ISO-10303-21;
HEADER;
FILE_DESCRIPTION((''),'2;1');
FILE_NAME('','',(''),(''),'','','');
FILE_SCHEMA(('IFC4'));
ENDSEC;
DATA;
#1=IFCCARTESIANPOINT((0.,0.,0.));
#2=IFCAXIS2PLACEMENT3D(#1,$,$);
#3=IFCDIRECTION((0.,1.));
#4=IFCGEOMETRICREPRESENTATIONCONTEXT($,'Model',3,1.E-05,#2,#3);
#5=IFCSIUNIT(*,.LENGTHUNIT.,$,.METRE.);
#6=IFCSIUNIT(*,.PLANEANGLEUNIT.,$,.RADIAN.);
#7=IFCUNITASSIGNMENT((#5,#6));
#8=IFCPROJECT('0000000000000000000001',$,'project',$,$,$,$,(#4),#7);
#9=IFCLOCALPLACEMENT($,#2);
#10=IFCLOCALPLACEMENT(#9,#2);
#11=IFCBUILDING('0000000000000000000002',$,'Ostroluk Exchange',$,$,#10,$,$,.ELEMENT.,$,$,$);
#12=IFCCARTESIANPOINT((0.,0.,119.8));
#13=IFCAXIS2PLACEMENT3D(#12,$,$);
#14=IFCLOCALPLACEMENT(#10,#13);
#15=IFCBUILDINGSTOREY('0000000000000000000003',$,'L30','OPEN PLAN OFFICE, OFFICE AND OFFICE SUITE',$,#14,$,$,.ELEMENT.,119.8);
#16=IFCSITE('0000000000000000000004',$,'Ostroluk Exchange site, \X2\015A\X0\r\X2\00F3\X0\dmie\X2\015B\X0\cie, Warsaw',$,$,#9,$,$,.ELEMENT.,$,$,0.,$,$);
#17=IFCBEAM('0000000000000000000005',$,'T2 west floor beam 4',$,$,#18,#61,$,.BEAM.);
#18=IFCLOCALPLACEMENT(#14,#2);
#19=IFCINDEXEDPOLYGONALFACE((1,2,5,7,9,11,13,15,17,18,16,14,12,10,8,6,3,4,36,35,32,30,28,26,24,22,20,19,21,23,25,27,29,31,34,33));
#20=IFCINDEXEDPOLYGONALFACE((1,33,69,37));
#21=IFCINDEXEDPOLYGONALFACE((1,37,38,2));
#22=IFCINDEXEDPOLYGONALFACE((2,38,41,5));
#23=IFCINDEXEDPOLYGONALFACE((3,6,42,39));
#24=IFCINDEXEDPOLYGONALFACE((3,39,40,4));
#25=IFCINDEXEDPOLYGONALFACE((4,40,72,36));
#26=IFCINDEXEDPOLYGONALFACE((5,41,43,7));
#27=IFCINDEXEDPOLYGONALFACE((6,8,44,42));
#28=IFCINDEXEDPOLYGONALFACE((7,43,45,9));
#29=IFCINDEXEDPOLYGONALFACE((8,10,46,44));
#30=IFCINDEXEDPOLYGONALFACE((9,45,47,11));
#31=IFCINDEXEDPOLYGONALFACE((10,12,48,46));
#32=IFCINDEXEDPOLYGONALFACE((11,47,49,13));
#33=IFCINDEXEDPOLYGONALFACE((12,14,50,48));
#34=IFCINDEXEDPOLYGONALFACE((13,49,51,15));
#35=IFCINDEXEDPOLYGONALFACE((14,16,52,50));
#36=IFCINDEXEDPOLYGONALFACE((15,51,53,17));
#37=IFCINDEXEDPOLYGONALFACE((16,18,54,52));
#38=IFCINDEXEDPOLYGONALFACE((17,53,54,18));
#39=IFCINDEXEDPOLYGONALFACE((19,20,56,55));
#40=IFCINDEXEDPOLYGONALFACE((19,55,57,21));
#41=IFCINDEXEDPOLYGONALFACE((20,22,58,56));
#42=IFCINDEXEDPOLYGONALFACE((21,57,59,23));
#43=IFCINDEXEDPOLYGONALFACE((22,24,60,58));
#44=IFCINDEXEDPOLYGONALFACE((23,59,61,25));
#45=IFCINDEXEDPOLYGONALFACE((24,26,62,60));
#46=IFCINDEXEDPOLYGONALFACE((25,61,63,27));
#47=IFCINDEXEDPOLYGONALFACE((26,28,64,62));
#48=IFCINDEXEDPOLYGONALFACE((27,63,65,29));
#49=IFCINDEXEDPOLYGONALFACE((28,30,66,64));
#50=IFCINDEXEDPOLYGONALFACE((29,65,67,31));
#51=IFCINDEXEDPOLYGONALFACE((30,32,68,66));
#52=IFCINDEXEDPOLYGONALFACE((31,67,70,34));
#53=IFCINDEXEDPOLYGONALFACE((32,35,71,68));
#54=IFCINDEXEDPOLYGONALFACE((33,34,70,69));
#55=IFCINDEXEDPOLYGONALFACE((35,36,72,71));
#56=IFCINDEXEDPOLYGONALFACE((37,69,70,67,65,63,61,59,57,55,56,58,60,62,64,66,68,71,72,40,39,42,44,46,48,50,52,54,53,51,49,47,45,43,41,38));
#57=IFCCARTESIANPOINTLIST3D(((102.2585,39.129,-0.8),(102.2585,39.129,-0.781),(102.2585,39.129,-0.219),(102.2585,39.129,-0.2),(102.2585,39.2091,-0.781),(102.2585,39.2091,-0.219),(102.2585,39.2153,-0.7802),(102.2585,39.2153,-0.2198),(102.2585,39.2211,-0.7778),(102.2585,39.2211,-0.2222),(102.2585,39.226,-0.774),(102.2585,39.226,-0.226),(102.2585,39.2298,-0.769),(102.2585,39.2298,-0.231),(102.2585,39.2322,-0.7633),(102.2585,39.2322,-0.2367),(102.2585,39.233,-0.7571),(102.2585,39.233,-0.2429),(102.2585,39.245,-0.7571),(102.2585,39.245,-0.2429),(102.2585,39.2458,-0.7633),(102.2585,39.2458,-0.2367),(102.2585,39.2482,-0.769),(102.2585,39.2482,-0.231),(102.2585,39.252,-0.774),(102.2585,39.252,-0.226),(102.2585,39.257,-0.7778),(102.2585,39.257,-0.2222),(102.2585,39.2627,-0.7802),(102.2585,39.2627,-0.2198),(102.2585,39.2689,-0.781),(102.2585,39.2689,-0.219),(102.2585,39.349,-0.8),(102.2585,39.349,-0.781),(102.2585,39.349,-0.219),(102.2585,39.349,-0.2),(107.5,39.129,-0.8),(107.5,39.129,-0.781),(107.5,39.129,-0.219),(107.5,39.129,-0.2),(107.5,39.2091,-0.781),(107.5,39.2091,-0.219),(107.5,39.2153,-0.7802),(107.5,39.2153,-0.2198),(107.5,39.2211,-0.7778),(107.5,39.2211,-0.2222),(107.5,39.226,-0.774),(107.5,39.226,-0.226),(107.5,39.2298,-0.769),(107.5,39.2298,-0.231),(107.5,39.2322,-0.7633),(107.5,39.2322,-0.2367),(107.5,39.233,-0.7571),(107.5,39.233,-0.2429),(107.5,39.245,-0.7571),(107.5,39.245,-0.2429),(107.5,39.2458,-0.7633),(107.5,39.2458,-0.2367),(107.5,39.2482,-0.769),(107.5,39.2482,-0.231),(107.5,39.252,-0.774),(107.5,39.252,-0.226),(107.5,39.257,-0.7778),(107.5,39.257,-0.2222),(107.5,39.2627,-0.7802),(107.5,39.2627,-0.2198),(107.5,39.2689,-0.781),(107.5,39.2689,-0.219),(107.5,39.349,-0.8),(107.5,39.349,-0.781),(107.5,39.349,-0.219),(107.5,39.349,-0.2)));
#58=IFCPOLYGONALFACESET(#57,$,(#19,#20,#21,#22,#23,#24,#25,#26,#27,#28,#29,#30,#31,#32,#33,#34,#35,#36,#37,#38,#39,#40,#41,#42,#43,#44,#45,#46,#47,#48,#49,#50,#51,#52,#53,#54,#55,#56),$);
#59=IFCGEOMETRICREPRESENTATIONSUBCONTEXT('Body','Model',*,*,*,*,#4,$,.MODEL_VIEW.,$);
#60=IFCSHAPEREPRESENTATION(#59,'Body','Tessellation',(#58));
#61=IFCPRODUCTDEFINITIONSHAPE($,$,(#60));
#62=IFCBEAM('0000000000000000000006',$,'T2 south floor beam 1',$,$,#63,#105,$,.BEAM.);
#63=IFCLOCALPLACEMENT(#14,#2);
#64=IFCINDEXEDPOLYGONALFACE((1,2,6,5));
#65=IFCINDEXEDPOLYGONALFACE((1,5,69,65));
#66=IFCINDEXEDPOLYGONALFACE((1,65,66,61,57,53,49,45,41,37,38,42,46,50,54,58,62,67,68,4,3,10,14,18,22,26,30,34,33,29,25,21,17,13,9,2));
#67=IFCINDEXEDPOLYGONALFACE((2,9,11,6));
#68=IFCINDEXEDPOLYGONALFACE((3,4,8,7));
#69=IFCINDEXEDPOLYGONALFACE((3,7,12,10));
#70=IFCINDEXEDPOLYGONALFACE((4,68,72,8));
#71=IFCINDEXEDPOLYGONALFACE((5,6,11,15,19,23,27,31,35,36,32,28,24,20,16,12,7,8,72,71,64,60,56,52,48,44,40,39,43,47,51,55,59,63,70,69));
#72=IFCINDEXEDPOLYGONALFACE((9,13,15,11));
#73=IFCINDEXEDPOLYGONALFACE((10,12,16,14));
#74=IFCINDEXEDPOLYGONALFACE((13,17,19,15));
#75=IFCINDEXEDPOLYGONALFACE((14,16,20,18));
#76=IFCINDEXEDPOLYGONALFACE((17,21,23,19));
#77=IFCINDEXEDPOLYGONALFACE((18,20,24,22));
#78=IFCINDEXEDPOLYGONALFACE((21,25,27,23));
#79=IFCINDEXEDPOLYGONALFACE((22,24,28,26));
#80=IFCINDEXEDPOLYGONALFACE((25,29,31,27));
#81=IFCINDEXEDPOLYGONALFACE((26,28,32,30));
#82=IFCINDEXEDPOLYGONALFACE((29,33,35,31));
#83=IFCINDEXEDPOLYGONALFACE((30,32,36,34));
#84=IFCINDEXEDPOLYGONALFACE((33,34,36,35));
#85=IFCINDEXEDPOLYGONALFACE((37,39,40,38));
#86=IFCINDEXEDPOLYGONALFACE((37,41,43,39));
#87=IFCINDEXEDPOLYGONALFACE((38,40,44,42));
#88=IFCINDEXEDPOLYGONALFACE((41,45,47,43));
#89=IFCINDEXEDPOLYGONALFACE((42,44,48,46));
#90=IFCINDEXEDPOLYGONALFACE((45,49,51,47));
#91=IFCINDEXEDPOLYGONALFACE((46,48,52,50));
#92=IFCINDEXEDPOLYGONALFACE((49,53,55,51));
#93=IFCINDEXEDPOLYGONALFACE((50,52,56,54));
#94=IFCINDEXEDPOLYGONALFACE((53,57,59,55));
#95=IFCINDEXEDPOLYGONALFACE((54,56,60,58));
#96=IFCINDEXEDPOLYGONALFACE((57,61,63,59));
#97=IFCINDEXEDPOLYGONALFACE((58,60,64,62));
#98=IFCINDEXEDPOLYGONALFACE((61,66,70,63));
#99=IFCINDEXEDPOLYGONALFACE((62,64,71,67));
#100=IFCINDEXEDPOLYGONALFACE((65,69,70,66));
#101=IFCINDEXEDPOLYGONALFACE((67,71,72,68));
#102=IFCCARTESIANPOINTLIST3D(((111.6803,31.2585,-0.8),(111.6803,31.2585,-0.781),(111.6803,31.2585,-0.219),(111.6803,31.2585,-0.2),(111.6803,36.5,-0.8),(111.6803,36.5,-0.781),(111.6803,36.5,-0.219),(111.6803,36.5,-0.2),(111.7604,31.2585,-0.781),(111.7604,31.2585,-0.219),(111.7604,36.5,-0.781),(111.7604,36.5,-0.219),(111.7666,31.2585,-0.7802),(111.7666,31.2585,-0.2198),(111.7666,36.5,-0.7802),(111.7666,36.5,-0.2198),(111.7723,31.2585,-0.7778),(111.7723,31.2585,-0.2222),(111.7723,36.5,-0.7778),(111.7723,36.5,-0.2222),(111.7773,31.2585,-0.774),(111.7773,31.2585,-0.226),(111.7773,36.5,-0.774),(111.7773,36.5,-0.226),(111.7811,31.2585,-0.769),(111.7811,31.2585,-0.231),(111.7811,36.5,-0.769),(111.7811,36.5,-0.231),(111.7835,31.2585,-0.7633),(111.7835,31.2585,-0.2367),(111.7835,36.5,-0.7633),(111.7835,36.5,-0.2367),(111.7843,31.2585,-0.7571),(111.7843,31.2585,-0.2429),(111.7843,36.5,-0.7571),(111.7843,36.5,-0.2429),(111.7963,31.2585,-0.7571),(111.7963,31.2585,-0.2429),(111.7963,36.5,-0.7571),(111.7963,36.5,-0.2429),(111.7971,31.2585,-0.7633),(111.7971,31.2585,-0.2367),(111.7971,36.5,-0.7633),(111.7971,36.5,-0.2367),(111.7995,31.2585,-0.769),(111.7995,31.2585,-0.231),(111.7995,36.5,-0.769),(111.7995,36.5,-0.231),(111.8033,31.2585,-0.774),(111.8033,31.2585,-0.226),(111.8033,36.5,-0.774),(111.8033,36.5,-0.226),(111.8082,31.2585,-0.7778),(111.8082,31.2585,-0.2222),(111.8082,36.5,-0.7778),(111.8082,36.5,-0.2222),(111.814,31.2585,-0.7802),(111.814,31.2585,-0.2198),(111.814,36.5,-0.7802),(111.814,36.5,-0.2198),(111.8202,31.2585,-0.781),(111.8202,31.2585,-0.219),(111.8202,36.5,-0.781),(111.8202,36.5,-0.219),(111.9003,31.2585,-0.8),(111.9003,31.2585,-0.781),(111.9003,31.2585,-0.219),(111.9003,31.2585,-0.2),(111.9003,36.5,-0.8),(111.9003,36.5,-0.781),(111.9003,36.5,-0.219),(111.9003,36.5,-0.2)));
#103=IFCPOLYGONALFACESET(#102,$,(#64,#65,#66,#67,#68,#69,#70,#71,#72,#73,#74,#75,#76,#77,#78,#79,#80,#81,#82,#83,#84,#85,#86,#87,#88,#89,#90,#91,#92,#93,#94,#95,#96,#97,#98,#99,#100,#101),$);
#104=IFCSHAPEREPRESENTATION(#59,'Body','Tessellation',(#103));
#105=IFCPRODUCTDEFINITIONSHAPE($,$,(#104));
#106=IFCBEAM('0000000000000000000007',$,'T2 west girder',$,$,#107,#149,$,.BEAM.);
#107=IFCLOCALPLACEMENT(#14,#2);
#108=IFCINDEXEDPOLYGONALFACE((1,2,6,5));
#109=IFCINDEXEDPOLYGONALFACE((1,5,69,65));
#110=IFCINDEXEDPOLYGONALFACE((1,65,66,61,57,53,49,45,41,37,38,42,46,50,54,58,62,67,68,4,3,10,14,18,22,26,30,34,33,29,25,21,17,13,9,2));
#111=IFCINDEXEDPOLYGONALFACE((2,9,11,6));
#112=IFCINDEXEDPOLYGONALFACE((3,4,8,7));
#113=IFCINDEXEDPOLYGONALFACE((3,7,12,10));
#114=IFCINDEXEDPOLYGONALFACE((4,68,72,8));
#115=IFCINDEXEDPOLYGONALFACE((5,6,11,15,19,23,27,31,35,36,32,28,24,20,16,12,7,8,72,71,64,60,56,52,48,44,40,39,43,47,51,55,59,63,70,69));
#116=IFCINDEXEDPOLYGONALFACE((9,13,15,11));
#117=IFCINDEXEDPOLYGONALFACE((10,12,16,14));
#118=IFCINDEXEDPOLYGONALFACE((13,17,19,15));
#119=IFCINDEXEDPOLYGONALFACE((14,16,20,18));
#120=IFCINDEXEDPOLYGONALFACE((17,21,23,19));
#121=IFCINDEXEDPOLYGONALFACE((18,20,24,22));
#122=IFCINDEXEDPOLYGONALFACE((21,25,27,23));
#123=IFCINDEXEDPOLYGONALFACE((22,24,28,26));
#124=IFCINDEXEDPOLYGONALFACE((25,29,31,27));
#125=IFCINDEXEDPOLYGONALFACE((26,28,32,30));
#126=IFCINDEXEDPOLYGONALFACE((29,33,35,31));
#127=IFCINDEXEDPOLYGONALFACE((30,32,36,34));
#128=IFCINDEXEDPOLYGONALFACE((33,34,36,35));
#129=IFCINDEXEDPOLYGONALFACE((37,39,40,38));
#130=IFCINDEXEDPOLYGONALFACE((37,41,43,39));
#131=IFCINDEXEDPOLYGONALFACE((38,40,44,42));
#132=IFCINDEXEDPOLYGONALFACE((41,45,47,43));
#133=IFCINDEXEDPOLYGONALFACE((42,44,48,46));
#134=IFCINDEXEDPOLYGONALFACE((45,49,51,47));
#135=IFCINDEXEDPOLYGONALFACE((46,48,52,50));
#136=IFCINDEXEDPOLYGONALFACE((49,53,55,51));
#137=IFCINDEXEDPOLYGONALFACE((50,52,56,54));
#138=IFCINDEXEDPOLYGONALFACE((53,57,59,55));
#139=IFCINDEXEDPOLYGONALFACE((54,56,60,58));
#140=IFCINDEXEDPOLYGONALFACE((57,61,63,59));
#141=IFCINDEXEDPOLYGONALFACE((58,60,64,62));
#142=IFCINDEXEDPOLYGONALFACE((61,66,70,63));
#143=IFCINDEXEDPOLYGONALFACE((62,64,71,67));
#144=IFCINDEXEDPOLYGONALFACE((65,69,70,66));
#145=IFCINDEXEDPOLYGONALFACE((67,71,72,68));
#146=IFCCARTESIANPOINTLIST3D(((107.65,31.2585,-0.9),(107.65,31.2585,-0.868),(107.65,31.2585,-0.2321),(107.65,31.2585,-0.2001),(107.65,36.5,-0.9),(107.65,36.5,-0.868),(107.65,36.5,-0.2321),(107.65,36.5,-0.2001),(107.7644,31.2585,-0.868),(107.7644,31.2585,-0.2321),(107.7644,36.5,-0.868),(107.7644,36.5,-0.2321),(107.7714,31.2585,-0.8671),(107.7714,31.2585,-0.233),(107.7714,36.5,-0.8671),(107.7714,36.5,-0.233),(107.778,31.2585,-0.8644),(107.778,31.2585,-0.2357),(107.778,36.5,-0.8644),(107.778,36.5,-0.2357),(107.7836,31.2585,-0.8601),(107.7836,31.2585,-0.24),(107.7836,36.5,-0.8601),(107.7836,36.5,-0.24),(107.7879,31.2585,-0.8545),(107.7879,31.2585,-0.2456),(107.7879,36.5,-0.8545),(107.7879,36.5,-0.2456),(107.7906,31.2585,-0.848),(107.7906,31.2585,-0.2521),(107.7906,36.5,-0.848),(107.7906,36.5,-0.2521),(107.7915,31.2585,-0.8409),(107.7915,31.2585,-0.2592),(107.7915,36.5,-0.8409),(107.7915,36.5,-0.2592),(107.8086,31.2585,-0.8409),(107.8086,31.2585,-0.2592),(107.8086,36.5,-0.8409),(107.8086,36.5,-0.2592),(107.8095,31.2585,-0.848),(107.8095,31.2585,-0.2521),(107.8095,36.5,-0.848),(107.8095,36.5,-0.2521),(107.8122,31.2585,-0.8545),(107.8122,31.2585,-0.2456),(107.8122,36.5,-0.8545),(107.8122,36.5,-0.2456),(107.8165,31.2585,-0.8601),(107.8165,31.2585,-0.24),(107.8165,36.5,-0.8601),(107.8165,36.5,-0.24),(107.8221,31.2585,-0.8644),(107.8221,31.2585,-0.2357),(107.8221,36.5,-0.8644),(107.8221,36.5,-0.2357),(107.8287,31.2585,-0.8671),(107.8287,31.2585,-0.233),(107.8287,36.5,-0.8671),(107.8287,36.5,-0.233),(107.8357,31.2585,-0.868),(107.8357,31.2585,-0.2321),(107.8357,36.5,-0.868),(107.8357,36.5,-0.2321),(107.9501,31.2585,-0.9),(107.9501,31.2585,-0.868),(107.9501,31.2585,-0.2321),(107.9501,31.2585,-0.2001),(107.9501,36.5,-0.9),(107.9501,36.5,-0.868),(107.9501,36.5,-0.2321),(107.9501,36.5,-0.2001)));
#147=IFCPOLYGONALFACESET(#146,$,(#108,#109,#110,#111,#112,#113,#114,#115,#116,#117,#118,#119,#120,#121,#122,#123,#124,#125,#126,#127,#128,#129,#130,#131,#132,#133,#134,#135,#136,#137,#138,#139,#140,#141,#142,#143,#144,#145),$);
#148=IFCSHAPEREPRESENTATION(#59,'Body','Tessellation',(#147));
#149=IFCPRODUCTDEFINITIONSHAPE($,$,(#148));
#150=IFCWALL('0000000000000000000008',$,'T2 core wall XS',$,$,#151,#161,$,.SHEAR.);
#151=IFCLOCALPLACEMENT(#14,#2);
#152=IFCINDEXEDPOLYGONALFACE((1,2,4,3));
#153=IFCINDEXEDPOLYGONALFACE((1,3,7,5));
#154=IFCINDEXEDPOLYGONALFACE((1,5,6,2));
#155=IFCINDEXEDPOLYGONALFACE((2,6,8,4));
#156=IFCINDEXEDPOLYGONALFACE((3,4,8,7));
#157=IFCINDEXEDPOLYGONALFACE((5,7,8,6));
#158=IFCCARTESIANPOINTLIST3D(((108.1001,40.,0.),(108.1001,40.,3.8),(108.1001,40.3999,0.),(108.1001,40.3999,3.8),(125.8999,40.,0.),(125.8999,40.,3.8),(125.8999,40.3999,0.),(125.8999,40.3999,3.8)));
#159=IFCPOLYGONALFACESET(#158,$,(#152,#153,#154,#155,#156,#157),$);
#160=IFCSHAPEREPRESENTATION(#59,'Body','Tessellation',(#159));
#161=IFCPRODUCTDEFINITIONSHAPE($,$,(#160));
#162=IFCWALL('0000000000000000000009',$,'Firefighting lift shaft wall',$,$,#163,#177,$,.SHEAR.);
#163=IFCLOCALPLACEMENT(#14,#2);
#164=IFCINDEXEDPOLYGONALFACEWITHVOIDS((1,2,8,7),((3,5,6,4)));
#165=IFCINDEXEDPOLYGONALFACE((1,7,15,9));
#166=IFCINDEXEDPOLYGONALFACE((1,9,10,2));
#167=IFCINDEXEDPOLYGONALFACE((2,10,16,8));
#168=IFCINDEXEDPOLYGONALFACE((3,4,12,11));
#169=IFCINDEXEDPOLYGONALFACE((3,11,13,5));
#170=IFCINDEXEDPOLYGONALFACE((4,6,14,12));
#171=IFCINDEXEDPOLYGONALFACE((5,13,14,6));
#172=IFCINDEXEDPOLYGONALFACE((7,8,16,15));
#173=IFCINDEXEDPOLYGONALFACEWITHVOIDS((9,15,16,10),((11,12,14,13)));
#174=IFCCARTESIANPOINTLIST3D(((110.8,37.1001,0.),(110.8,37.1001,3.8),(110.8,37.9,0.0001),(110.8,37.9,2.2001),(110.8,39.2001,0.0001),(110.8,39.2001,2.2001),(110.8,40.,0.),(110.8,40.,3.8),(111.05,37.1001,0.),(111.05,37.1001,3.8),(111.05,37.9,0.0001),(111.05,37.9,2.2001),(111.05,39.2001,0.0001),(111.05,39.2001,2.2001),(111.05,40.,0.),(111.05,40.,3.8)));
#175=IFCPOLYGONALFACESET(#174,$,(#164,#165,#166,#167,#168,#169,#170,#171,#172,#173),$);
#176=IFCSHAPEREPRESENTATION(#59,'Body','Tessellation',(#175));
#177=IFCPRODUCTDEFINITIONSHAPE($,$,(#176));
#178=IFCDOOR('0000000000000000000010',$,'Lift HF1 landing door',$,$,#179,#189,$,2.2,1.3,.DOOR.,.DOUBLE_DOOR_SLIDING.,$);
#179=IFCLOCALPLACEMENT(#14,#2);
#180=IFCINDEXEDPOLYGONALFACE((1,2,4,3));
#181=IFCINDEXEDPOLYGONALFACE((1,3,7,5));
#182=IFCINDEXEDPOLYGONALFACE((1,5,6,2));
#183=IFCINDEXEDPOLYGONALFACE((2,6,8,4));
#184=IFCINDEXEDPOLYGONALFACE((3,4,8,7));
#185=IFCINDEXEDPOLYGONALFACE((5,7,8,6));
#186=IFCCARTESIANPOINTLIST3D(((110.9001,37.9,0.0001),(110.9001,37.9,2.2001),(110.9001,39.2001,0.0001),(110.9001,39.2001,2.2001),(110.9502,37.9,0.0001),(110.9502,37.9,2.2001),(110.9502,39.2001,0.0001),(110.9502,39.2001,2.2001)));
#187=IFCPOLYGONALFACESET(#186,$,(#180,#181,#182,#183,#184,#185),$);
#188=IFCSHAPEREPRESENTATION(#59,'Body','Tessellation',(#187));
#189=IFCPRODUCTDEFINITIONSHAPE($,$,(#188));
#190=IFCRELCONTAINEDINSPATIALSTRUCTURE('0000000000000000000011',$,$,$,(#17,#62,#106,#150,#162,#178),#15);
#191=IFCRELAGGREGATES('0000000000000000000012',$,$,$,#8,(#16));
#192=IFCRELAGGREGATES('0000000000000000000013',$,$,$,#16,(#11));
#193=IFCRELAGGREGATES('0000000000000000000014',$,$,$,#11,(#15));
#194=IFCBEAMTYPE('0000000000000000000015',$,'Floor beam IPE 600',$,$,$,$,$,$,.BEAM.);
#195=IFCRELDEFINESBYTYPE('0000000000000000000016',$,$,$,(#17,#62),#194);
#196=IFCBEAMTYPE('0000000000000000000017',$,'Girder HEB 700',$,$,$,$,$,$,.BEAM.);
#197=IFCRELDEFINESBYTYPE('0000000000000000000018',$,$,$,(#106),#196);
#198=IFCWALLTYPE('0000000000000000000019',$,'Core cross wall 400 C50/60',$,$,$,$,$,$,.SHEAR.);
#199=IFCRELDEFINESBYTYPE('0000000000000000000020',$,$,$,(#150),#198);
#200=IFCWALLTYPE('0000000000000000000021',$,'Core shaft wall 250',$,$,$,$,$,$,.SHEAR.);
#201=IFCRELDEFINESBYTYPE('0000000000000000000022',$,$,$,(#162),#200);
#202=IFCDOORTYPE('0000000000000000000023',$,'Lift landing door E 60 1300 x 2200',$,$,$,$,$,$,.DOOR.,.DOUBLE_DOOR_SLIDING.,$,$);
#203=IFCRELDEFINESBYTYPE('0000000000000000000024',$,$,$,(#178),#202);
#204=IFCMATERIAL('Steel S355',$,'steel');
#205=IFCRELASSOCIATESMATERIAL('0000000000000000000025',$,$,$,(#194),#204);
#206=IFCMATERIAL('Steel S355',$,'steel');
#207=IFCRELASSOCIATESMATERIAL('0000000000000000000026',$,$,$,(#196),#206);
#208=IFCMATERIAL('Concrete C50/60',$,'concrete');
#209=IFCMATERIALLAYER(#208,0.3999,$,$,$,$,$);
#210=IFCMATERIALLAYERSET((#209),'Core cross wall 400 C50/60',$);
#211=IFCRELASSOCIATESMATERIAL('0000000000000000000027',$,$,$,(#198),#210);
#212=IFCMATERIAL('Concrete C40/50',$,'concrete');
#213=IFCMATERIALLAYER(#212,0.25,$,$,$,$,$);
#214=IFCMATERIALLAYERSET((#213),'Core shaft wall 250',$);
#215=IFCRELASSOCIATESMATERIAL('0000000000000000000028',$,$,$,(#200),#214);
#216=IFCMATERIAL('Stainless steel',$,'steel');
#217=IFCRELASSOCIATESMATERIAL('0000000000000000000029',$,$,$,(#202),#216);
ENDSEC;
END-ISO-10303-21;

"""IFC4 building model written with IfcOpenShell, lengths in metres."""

from ifc_helpers import new_model, si_unit, direction, frame, frame_2d, origin, origin_2d, place, context, subcontext, project, spatial, rectangle, i_section, extrude, material, layer, layer_set, material_profile, profile_set, type_object, element, fill, save


model = new_model("IFC4")

# Units and contexts
model_context = context("Model", 3, precision=1e-05, world=origin(), true_north=direction((0.0, 1.0)))
body_context = subcontext(model_context, "Body", "Model", "MODEL_VIEW")
ifc_project = project(units=[si_unit("LENGTHUNIT", "METRE"), si_unit("PLANEANGLEUNIT", "RADIAN")], contexts=[model_context])

# Site, building, storey
site_placement = place(None, origin())
site = spatial("IfcSite", under=ifc_project, at=site_placement, Name="Ostroluk Exchange site, Śródmieście, Warsaw", CompositionType="ELEMENT", RefElevation=0.0)
building_placement = place(site_placement, origin())
building = spatial("IfcBuilding", under=site, at=building_placement, Name="Ostroluk Exchange", CompositionType="ELEMENT")
storey_placement = place(building_placement, frame((0.0, 0.0, 119.8)))
storey = spatial("IfcBuildingStorey", under=building, at=storey_placement, Name="L30", Description="OPEN PLAN OFFICE, OFFICE AND OFFICE SUITE", CompositionType="ELEMENT", Elevation=119.8)

# Beams
ifc_material_1 = material(Name="Steel S355", Category="steel")
ifc_material_profile_1 = material_profile(ifc_material_1, i_section(OverallWidth=0.22, OverallDepth=0.6001, WebThickness=0.012, FlangeThickness=0.019, FilletRadius=0.0239, at=origin_2d()), Name="IPE 600")
ifc_profile_set_1 = profile_set([ifc_material_profile_1], Name="Steel S355")
beam_type_1 = type_object("IfcBeamType", Name="Floor beam IPE 600", PredefinedType="BEAM", material=ifc_profile_set_1)
for number, where, z_axis, x_axis, name in (
    (1, (107.5, 39.239, -0.5), (-1.0, 0.0, 0.0), (0.0, -1.0, 0.0), "T2 west floor beam 4"),
    (2, (111.7903, 36.5, -0.5), (0.0, -1.0, 0.0), (1.0, 0.0, 0.0), "T2 south floor beam 1"),
):
    element("IfcBeam", number, at=place(storey_placement, frame(where, z_axis=z_axis, x_axis=x_axis)), inside=storey, type_object=beam_type_1, Name=name, PredefinedType="BEAM", context=body_context, shape_type="SweptSolid", body=[
        extrude(i_section(OverallWidth=0.22, OverallDepth=0.6001, WebThickness=0.012, FlangeThickness=0.019, FilletRadius=0.0239, at=origin_2d()), origin(), (0.0, 0.0, 1.0), 5.2415),
    ])
ifc_material_2 = material(Name="Steel S355", Category="steel")
ifc_material_profile_2 = material_profile(ifc_material_2, i_section(OverallWidth=0.3, OverallDepth=0.7, WebThickness=0.0171, FlangeThickness=0.032, FilletRadius=0.0271, at=origin_2d()), Name="HEB 700")
ifc_profile_set_2 = profile_set([ifc_material_profile_2], Name="Steel S355")
beam_type_2 = type_object("IfcBeamType", Name="Girder HEB 700", PredefinedType="BEAM", material=ifc_profile_set_2)
beam_1_placement = place(storey_placement, frame((107.8, 36.5, -0.55), z_axis=(0.0, -1.0, 0.0), x_axis=(1.0, 0.0, 0.0)))
element("IfcBeam", 3, at=beam_1_placement, inside=storey, type_object=beam_type_2, Name="T2 west girder", PredefinedType="BEAM", context=body_context, shape_type="SweptSolid", body=[
    extrude(i_section(OverallWidth=0.3, OverallDepth=0.7, WebThickness=0.0171, FlangeThickness=0.032, FilletRadius=0.0271, at=origin_2d()), origin(), (0.0, 0.0, 1.0), 5.2415),
])

# Wall
ifc_material_3 = material(Name="Concrete C50/60", Category="concrete")
ifc_layer_1 = layer(ifc_material_3, 0.3999)
ifc_layer_set_1 = layer_set([ifc_layer_1], Name="Core cross wall 400 C50/60")
wall_type_1 = type_object("IfcWallType", Name="Core cross wall 400 C50/60", PredefinedType="SHEAR", material=ifc_layer_set_1)
wall_1_placement = place(storey_placement, frame((108.1001, 40.2, 0.0), z_axis=(0.0, 0.0, 1.0), x_axis=(1.0, 0.0, 0.0)))
element("IfcWall", 4, at=wall_1_placement, inside=storey, type_object=wall_type_1, Name="T2 core wall XS", PredefinedType="SHEAR", context=body_context, shape_type="SweptSolid", body=[
    extrude(rectangle(XDim=17.7998, YDim=0.3999, at=frame_2d((8.8999, 0.0))), origin(), (0.0, 0.0, 1.0), 3.8),
])

# Wall, opening, door
ifc_material_4 = material(Name="Concrete C40/50", Category="concrete")
ifc_layer_2 = layer(ifc_material_4, 0.25)
ifc_layer_set_2 = layer_set([ifc_layer_2], Name="Core shaft wall 250")
wall_type_2 = type_object("IfcWallType", Name="Core shaft wall 250", PredefinedType="SHEAR", material=ifc_layer_set_2)
wall_2_placement = place(storey_placement, frame((110.925, 37.1001, 0.0), z_axis=(0.0, 0.0, 1.0), x_axis=(0.0, 1.0, 0.0)))
wall_2 = element("IfcWall", 5, at=wall_2_placement, inside=storey, type_object=wall_type_2, Name="Firefighting lift shaft wall", PredefinedType="SHEAR", context=body_context, shape_type="SweptSolid", body=[
    extrude(rectangle(XDim=2.8999, YDim=0.25, at=frame_2d((1.45, 0.0))), origin(), (0.0, 0.0, 1.0), 3.8),
])
opening_1_placement = place(wall_2_placement, frame((0.8, 0.0, 0.0)))
opening_1 = element("IfcOpeningElement", 6, at=opening_1_placement, cuts=wall_2, PredefinedType="OPENING", context=body_context, shape_type="SweptSolid", body=[
    extrude(rectangle(XDim=1.3, YDim=2.2, at=frame_2d((0.6499, 1.1001))), frame((0.0, 0.135, 0.0), z_axis=(0.0, -1.0, 0.0), x_axis=(1.0, 0.0, 0.0)), (0.0, 0.0, 1.0), 0.27),
])
ifc_material_5 = material(Name="Stainless steel", Category="steel")
door_type_1 = type_object("IfcDoorType", Name="Lift landing door E 60 1300 x 2200", OperationType="DOUBLE_DOOR_SLIDING", PredefinedType="DOOR", material=ifc_material_5)
door_1_placement = place(opening_1_placement, origin())
door_1 = element("IfcDoor", 7, at=door_1_placement, inside=storey, type_object=door_type_1, Name="Lift HF1 landing door", OperationType="DOUBLE_DOOR_SLIDING", OverallHeight=2.2, OverallWidth=1.3, PredefinedType="DOOR", context=body_context, shape_type="SweptSolid", body=[
    extrude(rectangle(XDim=1.3, YDim=2.2, at=frame_2d((0.6499, 1.1001))), frame((0.0, 0.0249, 0.0), z_axis=(0.0, -1.0, 0.0), x_axis=(1.0, 0.0, 0.0)), (0.0, 0.0, 1.0), 0.05),
])
fill(opening_1, door_1)

save(model, "model.ifc")
